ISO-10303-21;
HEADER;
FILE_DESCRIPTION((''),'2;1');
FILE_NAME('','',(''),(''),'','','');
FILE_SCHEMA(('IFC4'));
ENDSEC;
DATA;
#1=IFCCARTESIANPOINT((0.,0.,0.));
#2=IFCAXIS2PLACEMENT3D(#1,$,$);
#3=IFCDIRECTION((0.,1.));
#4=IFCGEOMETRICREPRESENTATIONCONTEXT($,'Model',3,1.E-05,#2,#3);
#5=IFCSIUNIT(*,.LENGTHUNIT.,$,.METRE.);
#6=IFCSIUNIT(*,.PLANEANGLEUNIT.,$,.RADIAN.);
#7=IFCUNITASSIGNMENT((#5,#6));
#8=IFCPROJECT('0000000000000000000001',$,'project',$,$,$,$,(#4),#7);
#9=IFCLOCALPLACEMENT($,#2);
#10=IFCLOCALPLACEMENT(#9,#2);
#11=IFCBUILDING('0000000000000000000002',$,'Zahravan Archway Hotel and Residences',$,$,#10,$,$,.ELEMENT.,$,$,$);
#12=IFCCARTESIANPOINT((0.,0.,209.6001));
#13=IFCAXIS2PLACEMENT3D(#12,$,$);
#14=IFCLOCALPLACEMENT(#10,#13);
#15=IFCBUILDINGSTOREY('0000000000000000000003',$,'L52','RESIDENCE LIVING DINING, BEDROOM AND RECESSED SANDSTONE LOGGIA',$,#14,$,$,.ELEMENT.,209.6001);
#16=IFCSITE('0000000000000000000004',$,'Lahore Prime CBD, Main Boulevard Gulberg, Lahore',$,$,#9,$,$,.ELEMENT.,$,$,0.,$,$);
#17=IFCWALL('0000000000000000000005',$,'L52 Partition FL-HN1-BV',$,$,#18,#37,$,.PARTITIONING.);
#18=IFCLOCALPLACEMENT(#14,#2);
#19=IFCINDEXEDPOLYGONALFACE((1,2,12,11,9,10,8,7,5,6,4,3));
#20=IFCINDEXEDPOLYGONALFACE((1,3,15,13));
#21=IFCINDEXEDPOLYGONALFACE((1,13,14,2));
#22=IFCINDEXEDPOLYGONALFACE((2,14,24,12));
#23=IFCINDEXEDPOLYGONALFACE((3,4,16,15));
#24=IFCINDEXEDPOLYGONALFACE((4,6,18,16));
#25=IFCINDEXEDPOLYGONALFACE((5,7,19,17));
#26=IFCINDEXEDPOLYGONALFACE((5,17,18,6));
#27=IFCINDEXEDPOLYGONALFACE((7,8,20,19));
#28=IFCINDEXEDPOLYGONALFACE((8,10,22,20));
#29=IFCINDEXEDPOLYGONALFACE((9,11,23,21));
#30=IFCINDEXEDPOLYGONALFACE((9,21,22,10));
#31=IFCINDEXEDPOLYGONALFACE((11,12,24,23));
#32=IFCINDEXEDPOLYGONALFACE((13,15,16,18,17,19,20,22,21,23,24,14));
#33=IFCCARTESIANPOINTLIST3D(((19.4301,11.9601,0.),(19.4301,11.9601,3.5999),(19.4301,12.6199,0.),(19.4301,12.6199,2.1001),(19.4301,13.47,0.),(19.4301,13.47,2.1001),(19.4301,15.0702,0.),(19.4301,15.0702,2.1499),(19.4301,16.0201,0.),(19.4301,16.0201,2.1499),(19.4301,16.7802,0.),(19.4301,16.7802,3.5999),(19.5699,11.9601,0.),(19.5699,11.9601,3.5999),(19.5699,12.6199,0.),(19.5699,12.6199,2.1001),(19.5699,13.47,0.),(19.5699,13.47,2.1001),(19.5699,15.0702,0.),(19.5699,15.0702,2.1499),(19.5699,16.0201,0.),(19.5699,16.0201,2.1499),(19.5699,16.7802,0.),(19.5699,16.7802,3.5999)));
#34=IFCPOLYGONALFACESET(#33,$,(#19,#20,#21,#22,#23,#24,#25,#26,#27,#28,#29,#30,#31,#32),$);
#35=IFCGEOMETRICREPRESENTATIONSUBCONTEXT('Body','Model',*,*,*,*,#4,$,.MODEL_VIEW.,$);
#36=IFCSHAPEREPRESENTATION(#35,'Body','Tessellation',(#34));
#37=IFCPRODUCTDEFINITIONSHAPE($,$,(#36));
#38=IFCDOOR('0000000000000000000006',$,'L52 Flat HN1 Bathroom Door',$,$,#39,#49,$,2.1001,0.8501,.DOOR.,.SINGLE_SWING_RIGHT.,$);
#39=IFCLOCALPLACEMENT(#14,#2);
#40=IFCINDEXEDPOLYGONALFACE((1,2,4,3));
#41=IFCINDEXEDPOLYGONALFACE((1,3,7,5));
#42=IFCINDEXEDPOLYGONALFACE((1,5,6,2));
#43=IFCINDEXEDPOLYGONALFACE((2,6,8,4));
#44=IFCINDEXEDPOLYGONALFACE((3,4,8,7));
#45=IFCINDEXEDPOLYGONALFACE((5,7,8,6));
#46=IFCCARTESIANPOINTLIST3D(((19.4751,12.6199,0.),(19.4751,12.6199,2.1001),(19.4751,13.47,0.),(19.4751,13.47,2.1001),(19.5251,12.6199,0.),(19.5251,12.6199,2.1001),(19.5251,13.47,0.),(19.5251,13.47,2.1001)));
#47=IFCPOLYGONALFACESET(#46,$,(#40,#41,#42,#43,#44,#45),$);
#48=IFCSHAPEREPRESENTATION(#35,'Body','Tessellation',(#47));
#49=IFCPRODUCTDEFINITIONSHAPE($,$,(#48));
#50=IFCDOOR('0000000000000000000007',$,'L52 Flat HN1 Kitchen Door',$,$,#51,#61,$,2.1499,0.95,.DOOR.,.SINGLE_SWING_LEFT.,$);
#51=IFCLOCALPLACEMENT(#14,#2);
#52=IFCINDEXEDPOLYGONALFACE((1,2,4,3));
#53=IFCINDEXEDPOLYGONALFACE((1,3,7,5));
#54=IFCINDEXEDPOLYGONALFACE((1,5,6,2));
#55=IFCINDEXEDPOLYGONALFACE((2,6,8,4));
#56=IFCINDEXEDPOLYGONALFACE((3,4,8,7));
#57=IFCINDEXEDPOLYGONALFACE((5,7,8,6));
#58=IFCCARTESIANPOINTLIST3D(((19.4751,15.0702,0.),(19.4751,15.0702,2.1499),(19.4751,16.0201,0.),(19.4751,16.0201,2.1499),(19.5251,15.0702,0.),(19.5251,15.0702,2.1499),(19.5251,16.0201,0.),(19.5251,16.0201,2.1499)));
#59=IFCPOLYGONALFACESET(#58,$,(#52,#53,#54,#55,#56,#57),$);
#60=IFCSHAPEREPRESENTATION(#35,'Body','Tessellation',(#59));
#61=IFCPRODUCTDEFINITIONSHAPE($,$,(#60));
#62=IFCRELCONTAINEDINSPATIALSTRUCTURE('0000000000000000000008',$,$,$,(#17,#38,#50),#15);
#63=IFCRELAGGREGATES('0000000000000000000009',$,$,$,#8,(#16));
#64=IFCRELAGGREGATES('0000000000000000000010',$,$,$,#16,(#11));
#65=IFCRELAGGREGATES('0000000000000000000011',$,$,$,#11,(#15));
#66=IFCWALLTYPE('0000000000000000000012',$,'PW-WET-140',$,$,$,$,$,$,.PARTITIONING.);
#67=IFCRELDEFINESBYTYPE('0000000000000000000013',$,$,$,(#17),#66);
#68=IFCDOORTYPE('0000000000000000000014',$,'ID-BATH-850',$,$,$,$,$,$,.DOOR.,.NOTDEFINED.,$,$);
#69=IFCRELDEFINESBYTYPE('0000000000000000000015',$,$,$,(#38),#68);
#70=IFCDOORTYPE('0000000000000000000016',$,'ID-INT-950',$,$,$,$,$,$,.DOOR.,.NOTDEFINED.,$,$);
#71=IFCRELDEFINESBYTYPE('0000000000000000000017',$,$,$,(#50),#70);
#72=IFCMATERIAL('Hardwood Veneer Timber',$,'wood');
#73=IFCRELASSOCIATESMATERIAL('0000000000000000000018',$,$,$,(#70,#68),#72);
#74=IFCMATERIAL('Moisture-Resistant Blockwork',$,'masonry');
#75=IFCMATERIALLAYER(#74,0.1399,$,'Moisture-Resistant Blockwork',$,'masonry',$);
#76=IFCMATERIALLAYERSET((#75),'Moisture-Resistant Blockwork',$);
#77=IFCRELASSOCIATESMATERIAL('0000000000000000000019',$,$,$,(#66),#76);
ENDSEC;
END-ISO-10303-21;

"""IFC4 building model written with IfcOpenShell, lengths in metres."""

from ifc_helpers import new_model, si_unit, direction, frame, frame_2d, origin, place, context, subcontext, project, spatial, rectangle, extrude, source, transform, mapped, material, layer, layer_set, type_object, type_shapes, element, fill, save


model = new_model("IFC4")

# Units and contexts
model_context = context("Model", 3, precision=1e-05, world=origin(), true_north=direction((0.0, 1.0)))
body_context = subcontext(model_context, "Body", "Model", "MODEL_VIEW")
ifc_project = project(units=[si_unit("LENGTHUNIT", "METRE"), si_unit("PLANEANGLEUNIT", "RADIAN")], contexts=[model_context])

# Site, building, storey
site_placement = place(None, origin())
site = spatial("IfcSite", under=ifc_project, at=site_placement, Name="Lahore Prime CBD, Main Boulevard Gulberg, Lahore", CompositionType="ELEMENT", RefElevation=0.0)
building_placement = place(site_placement, origin())
building = spatial("IfcBuilding", under=site, at=building_placement, Name="Zahravan Archway Hotel and Residences", CompositionType="ELEMENT")
storey_placement = place(building_placement, frame((0.0, 0.0, 209.6001)))
storey = spatial("IfcBuildingStorey", under=building, at=storey_placement, Name="L52", Description="RESIDENCE LIVING DINING, BEDROOM AND RECESSED SANDSTONE LOGGIA", CompositionType="ELEMENT", Elevation=209.6001)

# Wall, openings, doors
ifc_material_1 = material(Name="Hardwood Veneer Timber", Category="wood")
door_type_1 = type_object("IfcDoorType", Name="ID-INT-950", OperationType="NOTDEFINED", PredefinedType="DOOR", material=ifc_material_1)
shared_shape_1 = source(origin(), body_context, "Body", "SweptSolid", [
    extrude(rectangle(XDim=0.95, YDim=2.1499, at=frame_2d((0.4751, 1.075))), frame((0.0, 0.0249, 0.0), z_axis=(0.0, -1.0, 0.0), x_axis=(1.0, 0.0, 0.0)), (0.0, 0.0, 1.0), 0.05),
])
type_shapes(door_type_1, [shared_shape_1])
ifc_material_2 = material(Name="Moisture-Resistant Blockwork", Category="masonry")
ifc_layer_1 = layer(ifc_material_2, 0.1399, Name="Moisture-Resistant Blockwork", Category="masonry")
ifc_layer_set_1 = layer_set([ifc_layer_1], Name="Moisture-Resistant Blockwork")
wall_type_1 = type_object("IfcWallType", Name="PW-WET-140", PredefinedType="PARTITIONING", material=ifc_layer_set_1)
wall_1_placement = place(storey_placement, frame((19.5, 11.96, 0.0), z_axis=(0.0, 0.0, 1.0), x_axis=(0.0, 1.0, 0.0)))
wall_1 = element("IfcWall", 1, at=wall_1_placement, inside=storey, type_object=wall_type_1, Name="L52 Partition FL-HN1-BV", PredefinedType="PARTITIONING", context=body_context, shape_type="SweptSolid", body=[
    extrude(rectangle(XDim=4.8201, YDim=0.1399, at=frame_2d((2.4102, 0.0))), origin(), (0.0, 0.0, 1.0), 3.5999),
])
opening_1_placement = place(wall_1_placement, frame((0.6599, 0.0, 0.0)))
opening_1 = element("IfcOpeningElement", 2, at=opening_1_placement, cuts=wall_1, PredefinedType="OPENING", context=body_context, shape_type="SweptSolid", body=[
    extrude(rectangle(XDim=0.8501, YDim=2.1001, at=frame_2d((0.425, 1.05))), frame((0.0, 0.0801, 0.0), z_axis=(0.0, -1.0, 0.0), x_axis=(1.0, 0.0, 0.0)), (0.0, 0.0, 1.0), 0.1599),
])
opening_2_placement = place(wall_1_placement, frame((3.1101, 0.0, 0.0)))
opening_2 = element("IfcOpeningElement", 3, at=opening_2_placement, cuts=wall_1, PredefinedType="OPENING", context=body_context, shape_type="SweptSolid", body=[
    extrude(rectangle(XDim=0.95, YDim=2.1499, at=frame_2d((0.4751, 1.075))), frame((0.0, 0.0801, 0.0), z_axis=(0.0, -1.0, 0.0), x_axis=(1.0, 0.0, 0.0)), (0.0, 0.0, 1.0), 0.1599),
])
door_type_2 = type_object("IfcDoorType", Name="ID-BATH-850", OperationType="NOTDEFINED", PredefinedType="DOOR", material=ifc_material_1)
shared_shape_2 = source(origin(), body_context, "Body", "SweptSolid", [
    extrude(rectangle(XDim=0.8501, YDim=2.1001, at=frame_2d((0.425, 1.05))), frame((0.0, 0.0249, 0.0), z_axis=(0.0, -1.0, 0.0), x_axis=(1.0, 0.0, 0.0)), (0.0, 0.0, 1.0), 0.05),
])
type_shapes(door_type_2, [shared_shape_2])
door_1_placement = place(opening_1_placement, origin())
door_1 = element("IfcDoor", 4, at=door_1_placement, inside=storey, type_object=door_type_2, Name="L52 Flat HN1 Bathroom Door", OperationType="SINGLE_SWING_RIGHT", OverallHeight=2.1001, OverallWidth=0.8501, PredefinedType="DOOR", context=body_context, shape_type="MappedRepresentation", body=[
    mapped(shared_shape_2, transform((0.0, 0.0, 0.0), scale=1.0)),
])
fill(opening_1, door_1)
door_2_placement = place(opening_2_placement, origin())
door_2 = element("IfcDoor", 5, at=door_2_placement, inside=storey, type_object=door_type_1, Name="L52 Flat HN1 Kitchen Door", OperationType="SINGLE_SWING_LEFT", OverallHeight=2.1499, OverallWidth=0.95, PredefinedType="DOOR", context=body_context, shape_type="MappedRepresentation", body=[
    mapped(shared_shape_1, transform((0.0, 0.0, 0.0), scale=1.0)),
])
fill(opening_2, door_2)

save(model, "model.ifc")
